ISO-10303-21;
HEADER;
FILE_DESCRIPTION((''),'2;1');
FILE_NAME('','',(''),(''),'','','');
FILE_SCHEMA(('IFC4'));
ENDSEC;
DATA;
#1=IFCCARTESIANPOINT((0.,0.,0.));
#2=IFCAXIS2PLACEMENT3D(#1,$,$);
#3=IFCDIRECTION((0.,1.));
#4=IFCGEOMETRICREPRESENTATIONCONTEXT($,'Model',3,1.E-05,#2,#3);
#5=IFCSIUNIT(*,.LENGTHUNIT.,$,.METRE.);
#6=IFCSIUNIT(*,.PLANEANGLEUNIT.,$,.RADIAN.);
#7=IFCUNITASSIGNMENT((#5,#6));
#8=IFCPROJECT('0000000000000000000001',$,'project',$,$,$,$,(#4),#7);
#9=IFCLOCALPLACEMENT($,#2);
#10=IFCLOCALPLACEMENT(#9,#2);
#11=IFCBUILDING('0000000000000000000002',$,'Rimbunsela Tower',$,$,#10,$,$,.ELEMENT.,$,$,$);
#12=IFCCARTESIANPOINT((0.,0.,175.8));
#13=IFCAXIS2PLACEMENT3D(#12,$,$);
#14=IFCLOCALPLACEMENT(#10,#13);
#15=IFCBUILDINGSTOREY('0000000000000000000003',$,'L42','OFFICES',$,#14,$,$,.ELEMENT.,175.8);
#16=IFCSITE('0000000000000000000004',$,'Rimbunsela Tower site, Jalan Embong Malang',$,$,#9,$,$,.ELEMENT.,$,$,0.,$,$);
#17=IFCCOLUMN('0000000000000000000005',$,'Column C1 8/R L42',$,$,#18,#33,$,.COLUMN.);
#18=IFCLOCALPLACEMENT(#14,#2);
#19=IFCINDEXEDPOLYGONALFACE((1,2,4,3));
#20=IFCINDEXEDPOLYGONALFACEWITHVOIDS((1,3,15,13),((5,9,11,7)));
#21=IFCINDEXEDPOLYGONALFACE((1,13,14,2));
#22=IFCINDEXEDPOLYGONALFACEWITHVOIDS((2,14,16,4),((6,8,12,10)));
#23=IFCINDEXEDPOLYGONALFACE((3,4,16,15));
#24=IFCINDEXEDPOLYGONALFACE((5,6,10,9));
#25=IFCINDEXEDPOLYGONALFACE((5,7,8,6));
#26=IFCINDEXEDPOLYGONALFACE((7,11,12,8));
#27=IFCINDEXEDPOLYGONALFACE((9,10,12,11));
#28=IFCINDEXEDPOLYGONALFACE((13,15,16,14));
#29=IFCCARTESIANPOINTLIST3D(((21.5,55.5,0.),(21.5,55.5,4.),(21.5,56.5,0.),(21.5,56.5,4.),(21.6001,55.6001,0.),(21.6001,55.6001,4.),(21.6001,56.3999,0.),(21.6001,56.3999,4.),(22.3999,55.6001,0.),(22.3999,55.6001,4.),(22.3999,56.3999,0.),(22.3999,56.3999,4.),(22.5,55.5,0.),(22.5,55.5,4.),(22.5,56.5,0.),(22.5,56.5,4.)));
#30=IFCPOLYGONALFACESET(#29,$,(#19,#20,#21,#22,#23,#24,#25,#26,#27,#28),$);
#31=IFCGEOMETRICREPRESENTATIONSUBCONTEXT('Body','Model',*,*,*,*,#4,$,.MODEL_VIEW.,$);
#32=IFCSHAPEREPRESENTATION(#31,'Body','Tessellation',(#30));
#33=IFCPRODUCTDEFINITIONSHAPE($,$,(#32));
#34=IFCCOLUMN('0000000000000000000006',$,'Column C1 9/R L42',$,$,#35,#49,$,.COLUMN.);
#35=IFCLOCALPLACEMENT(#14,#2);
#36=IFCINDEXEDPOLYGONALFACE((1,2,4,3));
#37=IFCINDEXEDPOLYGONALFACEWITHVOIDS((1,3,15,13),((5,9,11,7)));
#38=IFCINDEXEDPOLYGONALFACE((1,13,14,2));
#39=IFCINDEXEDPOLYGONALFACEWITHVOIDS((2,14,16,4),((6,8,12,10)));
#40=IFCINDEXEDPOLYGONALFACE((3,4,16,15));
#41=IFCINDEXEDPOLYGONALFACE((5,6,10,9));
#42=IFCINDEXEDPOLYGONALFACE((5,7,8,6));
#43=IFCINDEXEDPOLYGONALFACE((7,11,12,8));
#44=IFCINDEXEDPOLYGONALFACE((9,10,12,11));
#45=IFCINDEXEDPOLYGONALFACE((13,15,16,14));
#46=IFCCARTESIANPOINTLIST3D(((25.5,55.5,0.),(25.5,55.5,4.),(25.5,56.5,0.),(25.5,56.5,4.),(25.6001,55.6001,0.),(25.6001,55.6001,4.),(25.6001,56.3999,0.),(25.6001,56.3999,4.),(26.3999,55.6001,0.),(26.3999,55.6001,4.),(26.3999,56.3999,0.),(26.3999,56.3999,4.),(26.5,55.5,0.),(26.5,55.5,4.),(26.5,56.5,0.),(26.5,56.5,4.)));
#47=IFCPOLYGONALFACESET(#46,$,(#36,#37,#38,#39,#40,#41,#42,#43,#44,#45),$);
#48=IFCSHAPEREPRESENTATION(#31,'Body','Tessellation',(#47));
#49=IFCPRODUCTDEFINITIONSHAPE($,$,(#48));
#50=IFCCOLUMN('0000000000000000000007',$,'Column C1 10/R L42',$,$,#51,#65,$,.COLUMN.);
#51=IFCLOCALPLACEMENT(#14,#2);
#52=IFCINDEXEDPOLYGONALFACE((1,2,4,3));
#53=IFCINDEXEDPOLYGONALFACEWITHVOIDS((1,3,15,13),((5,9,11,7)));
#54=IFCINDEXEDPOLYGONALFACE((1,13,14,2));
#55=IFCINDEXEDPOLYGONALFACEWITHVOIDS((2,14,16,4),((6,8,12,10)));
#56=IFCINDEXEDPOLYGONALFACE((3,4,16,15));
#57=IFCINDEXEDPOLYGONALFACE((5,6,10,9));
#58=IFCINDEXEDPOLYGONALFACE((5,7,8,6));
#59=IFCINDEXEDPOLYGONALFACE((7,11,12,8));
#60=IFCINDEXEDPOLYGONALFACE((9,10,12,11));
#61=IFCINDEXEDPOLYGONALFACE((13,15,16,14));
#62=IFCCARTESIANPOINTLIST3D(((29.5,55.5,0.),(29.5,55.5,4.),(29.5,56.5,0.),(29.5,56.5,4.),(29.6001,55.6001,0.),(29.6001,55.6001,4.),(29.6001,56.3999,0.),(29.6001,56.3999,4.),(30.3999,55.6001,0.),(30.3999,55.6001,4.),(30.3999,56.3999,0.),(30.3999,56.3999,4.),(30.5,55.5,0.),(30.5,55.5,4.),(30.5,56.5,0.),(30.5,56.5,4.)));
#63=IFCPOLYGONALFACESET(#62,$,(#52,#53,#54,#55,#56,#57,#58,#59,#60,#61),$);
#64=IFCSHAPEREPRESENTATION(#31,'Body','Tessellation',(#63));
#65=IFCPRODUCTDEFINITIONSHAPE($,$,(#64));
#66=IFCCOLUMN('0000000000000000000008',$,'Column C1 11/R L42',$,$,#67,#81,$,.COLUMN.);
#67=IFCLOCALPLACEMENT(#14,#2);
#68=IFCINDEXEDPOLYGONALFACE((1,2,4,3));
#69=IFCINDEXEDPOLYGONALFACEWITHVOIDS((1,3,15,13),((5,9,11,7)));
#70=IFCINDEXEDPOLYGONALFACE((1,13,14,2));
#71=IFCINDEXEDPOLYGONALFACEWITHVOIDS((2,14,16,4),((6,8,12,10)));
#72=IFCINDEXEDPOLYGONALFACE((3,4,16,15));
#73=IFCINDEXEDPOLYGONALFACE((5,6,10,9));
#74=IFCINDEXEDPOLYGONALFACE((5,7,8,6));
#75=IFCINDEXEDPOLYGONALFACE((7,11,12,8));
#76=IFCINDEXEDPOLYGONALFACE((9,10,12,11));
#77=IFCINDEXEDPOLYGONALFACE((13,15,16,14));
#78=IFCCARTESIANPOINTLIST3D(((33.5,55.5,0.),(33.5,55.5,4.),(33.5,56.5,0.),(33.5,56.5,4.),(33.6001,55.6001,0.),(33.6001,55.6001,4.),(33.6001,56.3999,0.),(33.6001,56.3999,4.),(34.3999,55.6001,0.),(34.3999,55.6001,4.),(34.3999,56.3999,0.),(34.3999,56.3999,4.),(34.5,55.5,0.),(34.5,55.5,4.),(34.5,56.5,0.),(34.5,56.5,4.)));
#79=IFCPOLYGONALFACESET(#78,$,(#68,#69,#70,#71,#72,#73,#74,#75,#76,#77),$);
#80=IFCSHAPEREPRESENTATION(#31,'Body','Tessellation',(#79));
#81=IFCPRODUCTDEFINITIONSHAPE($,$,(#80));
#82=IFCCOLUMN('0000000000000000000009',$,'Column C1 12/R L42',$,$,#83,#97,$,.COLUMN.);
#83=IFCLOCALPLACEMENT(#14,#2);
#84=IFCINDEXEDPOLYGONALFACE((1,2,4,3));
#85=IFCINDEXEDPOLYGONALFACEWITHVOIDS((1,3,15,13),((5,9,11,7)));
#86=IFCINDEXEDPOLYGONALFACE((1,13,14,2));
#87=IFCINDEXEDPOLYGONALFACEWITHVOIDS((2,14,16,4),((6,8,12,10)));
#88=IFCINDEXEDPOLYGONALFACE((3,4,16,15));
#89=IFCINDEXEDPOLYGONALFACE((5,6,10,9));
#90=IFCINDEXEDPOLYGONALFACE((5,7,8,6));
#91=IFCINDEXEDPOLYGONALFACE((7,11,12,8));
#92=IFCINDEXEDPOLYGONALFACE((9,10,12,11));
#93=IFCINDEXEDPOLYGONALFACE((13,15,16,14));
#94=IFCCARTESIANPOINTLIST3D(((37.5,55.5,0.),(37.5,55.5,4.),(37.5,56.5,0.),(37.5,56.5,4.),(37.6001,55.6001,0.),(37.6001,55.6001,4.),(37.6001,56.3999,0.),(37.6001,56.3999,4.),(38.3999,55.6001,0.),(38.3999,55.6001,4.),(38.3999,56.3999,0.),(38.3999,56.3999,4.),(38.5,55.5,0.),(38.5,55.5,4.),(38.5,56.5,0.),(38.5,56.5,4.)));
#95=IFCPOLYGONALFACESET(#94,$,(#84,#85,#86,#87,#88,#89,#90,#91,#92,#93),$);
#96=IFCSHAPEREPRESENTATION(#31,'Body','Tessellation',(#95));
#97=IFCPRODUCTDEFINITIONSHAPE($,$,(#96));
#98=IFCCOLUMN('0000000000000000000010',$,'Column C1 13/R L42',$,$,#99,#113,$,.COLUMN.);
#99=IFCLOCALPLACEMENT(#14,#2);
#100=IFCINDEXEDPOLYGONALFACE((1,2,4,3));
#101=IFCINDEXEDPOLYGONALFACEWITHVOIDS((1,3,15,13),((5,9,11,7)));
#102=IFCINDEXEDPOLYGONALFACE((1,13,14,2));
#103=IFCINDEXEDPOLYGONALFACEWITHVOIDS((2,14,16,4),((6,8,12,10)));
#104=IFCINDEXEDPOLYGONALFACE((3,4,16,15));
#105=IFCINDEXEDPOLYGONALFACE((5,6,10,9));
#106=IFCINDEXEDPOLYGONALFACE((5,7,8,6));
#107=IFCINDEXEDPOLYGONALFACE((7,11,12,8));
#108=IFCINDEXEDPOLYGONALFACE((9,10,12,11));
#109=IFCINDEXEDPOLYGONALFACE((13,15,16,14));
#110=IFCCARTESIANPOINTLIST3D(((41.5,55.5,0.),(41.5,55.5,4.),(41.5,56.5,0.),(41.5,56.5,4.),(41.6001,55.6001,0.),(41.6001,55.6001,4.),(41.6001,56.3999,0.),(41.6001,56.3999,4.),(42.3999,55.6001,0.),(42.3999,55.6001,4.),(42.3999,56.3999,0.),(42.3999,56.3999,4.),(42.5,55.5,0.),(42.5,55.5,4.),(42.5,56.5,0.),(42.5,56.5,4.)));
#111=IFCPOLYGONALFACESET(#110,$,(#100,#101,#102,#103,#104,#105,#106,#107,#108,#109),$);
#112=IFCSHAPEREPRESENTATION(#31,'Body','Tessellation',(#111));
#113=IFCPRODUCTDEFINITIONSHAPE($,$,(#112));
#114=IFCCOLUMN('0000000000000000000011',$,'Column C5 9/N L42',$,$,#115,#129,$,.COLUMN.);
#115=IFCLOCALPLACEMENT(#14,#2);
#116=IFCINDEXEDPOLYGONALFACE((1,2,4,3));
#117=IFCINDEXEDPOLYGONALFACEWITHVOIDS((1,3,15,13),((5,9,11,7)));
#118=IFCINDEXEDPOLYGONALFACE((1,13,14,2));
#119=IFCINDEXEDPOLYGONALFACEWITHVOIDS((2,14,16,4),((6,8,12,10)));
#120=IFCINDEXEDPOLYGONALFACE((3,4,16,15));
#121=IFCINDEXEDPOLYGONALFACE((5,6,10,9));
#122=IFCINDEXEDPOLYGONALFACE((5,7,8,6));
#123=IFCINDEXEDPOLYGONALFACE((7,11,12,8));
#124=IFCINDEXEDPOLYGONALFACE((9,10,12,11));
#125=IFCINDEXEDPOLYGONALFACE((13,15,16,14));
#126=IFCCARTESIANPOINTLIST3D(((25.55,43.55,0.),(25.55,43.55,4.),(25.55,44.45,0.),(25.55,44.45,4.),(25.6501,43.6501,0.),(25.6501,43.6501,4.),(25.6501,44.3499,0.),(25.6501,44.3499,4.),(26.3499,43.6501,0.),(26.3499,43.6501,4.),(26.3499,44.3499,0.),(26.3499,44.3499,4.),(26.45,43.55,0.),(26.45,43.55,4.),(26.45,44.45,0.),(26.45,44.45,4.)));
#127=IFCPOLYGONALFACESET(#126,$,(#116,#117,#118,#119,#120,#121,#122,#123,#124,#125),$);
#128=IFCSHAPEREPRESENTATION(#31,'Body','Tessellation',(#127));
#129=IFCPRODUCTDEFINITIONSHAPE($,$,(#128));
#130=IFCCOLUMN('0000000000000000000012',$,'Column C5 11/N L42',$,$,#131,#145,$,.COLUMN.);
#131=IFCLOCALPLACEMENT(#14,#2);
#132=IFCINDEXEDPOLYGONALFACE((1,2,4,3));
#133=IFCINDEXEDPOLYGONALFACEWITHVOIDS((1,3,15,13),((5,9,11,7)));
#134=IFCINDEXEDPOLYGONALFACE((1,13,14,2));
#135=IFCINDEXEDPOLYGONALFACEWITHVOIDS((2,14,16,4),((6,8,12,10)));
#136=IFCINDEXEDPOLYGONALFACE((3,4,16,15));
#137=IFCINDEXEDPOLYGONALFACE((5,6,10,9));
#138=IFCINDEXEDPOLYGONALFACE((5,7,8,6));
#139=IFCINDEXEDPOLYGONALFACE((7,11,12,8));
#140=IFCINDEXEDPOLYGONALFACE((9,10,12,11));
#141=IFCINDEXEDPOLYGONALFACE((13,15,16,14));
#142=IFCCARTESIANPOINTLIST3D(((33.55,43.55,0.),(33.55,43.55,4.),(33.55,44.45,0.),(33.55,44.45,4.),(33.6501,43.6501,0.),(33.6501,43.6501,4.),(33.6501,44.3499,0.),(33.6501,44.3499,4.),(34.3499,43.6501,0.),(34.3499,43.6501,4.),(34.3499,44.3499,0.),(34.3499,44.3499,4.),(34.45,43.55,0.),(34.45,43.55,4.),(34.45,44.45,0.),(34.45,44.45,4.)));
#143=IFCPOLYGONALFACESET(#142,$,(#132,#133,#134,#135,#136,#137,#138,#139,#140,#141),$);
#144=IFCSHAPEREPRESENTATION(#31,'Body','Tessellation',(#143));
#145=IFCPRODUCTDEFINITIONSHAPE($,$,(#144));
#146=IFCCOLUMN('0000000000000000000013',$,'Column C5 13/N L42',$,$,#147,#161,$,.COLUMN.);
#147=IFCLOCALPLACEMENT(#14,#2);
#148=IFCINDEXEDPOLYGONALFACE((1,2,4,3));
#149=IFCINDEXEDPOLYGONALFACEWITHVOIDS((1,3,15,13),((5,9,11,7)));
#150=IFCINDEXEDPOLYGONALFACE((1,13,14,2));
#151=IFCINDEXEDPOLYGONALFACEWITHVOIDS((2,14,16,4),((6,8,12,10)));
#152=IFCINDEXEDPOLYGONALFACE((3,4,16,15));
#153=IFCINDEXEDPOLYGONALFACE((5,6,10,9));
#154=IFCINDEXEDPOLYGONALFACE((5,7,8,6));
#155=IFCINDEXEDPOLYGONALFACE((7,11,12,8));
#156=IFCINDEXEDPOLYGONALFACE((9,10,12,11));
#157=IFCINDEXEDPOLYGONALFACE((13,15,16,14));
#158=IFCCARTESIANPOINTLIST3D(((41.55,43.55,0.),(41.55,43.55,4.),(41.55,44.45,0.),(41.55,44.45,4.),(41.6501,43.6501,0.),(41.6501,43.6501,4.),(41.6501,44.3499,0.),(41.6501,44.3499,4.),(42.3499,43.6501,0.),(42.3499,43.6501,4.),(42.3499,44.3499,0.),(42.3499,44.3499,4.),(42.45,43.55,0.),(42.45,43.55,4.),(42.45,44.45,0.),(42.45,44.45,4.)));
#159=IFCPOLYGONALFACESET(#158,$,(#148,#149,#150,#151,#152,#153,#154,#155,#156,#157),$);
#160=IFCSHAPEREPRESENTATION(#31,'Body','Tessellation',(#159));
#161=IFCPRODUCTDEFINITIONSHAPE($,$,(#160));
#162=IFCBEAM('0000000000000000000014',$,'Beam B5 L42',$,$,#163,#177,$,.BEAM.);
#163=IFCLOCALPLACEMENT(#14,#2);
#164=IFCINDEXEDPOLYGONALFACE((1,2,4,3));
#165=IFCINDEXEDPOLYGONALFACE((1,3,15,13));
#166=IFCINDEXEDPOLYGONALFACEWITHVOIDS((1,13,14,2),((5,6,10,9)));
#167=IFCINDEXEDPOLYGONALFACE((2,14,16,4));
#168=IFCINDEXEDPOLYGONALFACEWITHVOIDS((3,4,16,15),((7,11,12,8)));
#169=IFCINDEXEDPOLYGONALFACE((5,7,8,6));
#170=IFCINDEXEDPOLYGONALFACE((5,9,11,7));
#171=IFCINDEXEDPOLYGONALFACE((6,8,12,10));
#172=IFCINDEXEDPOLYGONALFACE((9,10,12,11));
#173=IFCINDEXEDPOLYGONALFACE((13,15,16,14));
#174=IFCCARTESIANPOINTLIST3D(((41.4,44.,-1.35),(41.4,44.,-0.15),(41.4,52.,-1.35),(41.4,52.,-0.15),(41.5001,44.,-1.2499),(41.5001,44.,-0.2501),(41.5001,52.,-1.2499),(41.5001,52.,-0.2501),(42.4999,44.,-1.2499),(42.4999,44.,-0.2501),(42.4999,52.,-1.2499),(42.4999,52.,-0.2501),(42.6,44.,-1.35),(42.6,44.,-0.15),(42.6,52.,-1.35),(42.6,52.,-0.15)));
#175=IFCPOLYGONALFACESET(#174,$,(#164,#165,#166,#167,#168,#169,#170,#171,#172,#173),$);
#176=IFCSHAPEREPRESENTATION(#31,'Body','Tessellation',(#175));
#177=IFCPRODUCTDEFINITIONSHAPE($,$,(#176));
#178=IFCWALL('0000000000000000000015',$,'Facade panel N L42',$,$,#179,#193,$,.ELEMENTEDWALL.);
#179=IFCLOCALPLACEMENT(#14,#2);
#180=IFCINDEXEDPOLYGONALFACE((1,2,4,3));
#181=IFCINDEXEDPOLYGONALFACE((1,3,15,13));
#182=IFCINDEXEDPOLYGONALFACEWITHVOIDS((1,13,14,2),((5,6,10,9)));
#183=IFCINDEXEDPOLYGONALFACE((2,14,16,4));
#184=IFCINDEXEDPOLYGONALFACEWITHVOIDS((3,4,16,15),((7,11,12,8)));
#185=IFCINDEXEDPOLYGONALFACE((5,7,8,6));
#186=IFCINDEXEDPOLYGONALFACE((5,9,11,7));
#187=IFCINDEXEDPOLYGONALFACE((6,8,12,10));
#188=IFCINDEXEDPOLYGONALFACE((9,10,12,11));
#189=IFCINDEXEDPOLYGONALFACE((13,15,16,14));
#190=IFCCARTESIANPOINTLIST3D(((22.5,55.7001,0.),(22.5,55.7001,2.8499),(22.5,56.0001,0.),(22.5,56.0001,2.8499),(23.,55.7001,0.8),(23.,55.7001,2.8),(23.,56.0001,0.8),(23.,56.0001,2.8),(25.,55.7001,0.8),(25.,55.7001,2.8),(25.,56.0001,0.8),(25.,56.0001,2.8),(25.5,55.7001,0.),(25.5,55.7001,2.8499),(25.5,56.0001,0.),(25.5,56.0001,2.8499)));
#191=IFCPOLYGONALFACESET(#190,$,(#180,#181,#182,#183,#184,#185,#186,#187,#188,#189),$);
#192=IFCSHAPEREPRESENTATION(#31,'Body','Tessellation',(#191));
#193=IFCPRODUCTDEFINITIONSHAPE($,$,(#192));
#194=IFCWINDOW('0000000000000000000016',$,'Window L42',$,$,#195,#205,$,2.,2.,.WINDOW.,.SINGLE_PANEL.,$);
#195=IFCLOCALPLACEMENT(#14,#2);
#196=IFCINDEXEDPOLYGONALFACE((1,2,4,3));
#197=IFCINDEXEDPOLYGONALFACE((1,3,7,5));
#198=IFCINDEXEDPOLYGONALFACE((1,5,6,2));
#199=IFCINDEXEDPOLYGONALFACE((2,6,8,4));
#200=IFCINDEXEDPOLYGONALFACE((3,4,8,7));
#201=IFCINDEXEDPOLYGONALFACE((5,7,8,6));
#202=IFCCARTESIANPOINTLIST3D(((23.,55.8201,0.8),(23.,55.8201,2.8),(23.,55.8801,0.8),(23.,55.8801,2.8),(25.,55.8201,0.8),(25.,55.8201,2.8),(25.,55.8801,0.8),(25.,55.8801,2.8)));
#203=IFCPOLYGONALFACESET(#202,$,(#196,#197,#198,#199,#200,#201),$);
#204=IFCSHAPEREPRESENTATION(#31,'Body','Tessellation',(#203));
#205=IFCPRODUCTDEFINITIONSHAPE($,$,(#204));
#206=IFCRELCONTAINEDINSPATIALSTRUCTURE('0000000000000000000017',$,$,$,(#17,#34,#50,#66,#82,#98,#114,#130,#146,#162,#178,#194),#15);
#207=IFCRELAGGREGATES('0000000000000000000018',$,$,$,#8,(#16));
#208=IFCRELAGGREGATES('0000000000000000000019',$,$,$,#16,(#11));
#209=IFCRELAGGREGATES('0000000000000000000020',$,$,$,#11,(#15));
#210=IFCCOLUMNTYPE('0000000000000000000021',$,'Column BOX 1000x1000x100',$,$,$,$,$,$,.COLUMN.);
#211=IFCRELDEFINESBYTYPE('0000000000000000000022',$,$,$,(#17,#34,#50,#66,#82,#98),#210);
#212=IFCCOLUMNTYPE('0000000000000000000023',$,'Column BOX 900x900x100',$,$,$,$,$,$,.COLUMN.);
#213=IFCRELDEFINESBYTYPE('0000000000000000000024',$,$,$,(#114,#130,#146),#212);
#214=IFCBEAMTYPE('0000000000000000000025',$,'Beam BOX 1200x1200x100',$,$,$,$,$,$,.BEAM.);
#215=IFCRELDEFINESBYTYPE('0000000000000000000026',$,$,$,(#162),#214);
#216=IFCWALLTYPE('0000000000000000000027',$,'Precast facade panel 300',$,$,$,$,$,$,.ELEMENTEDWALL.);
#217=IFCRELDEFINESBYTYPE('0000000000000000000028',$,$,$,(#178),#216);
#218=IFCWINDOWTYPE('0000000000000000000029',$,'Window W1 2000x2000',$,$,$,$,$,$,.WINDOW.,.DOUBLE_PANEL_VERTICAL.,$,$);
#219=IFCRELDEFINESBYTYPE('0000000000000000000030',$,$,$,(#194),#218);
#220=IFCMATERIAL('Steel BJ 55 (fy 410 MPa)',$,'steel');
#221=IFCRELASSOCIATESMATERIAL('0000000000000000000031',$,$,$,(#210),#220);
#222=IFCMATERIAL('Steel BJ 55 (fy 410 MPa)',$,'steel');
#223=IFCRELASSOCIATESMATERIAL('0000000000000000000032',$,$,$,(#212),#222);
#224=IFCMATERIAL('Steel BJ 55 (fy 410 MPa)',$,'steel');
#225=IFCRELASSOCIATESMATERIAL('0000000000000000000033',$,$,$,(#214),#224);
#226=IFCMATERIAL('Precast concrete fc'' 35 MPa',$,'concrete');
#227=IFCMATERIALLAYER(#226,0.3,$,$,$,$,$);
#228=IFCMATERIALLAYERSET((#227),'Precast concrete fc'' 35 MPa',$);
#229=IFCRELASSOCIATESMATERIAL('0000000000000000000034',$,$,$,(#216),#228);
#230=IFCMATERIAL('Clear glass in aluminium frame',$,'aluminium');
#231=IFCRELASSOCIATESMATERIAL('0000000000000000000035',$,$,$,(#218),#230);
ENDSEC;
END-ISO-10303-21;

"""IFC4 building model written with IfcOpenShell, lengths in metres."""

from ifc_helpers import new_model, si_unit, direction, frame, frame_2d, origin, origin_2d, place, context, subcontext, project, spatial, rectangle, hollow_rectangle, extrude, material, layer, layer_set, material_profile, profile_set, type_object, element, fill, save


model = new_model("IFC4")

# Units and contexts
model_context = context("Model", 3, precision=1e-05, world=origin(), true_north=direction((0.0, 1.0)))
body_context = subcontext(model_context, "Body", "Model", "MODEL_VIEW")
ifc_project = project(units=[si_unit("LENGTHUNIT", "METRE"), si_unit("PLANEANGLEUNIT", "RADIAN")], contexts=[model_context])

# Site, building, storey
site_placement = place(None, origin())
site = spatial("IfcSite", under=ifc_project, at=site_placement, Name="Rimbunsela Tower site, Jalan Embong Malang", CompositionType="ELEMENT", RefElevation=0.0)
building_placement = place(site_placement, origin())
building = spatial("IfcBuilding", under=site, at=building_placement, Name="Rimbunsela Tower", CompositionType="ELEMENT")
storey_placement = place(building_placement, frame((0.0, 0.0, 175.8)))
storey = spatial("IfcBuildingStorey", under=building, at=storey_placement, Name="L42", Description="OFFICES", CompositionType="ELEMENT", Elevation=175.8)

# Columns
ifc_material_1 = material(Name="Steel BJ 55 (fy 410 MPa)", Category="steel")
ifc_material_profile_1 = material_profile(ifc_material_1, hollow_rectangle(XDim=1.0, YDim=1.0, WallThickness=0.1001, at=origin_2d()), Name="BOX 1000x1000x100")
ifc_profile_set_1 = profile_set([ifc_material_profile_1], Name="Steel BJ 55 (fy 410 MPa)")
column_type_1 = type_object("IfcColumnType", Name="Column BOX 1000x1000x100", PredefinedType="COLUMN", material=ifc_profile_set_1)
for number, where, z_axis, x_axis, name in (
    (1, (22.0, 56.0, 0.0), (0.0, 0.0, 1.0), (1.0, 0.0, 0.0), "Column C1 8/R L42"),
    (2, (26.0, 56.0, 0.0), (0.0, 0.0, 1.0), (1.0, 0.0, 0.0), "Column C1 9/R L42"),
    (3, (30.0, 56.0, 0.0), (0.0, 0.0, 1.0), (1.0, 0.0, 0.0), "Column C1 10/R L42"),
    (4, (34.0, 56.0, 0.0), (0.0, 0.0, 1.0), (1.0, 0.0, 0.0), "Column C1 11/R L42"),
    (5, (38.0, 56.0, 0.0), (0.0, 0.0, 1.0), (1.0, 0.0, 0.0), "Column C1 12/R L42"),
    (6, (42.0, 56.0, 0.0), (0.0, 0.0, 1.0), (1.0, 0.0, 0.0), "Column C1 13/R L42"),
):
    element("IfcColumn", number, at=place(storey_placement, frame(where, z_axis=z_axis, x_axis=x_axis)), inside=storey, type_object=column_type_1, Name=name, PredefinedType="COLUMN", context=body_context, shape_type="SweptSolid", body=[
        extrude(hollow_rectangle(XDim=1.0, YDim=1.0, WallThickness=0.1001, at=origin_2d()), origin(), (0.0, 0.0, 1.0), 4.0),
    ])
ifc_material_2 = material(Name="Steel BJ 55 (fy 410 MPa)", Category="steel")
ifc_material_profile_2 = material_profile(ifc_material_2, hollow_rectangle(XDim=0.8999, YDim=0.8999, WallThickness=0.1001, at=origin_2d()), Name="BOX 900x900x100")
ifc_profile_set_2 = profile_set([ifc_material_profile_2], Name="Steel BJ 55 (fy 410 MPa)")
column_type_2 = type_object("IfcColumnType", Name="Column BOX 900x900x100", PredefinedType="COLUMN", material=ifc_profile_set_2)
for number, where, z_axis, x_axis, name in (
    (7, (26.0, 44.0, 0.0), (0.0, 0.0, 1.0), (1.0, 0.0, 0.0), "Column C5 9/N L42"),
    (8, (34.0, 44.0, 0.0), (0.0, 0.0, 1.0), (1.0, 0.0, 0.0), "Column C5 11/N L42"),
    (9, (42.0, 44.0, 0.0), (0.0, 0.0, 1.0), (1.0, 0.0, 0.0), "Column C5 13/N L42"),
):
    element("IfcColumn", number, at=place(storey_placement, frame(where, z_axis=z_axis, x_axis=x_axis)), inside=storey, type_object=column_type_2, Name=name, PredefinedType="COLUMN", context=body_context, shape_type="SweptSolid", body=[
        extrude(hollow_rectangle(XDim=0.8999, YDim=0.8999, WallThickness=0.1001, at=origin_2d()), origin(), (0.0, 0.0, 1.0), 4.0),
    ])

# Beam
ifc_material_3 = material(Name="Steel BJ 55 (fy 410 MPa)", Category="steel")
ifc_material_profile_3 = material_profile(ifc_material_3, hollow_rectangle(XDim=1.2, YDim=1.2, WallThickness=0.1001, at=origin_2d()), Name="BOX 1200x1200x100")
ifc_profile_set_3 = profile_set([ifc_material_profile_3], Name="Steel BJ 55 (fy 410 MPa)")
beam_type = type_object("IfcBeamType", Name="Beam BOX 1200x1200x100", PredefinedType="BEAM", material=ifc_profile_set_3)
beam_placement = place(storey_placement, frame((42.0, 44.0, -0.75), z_axis=(0.0, 1.0, 0.0), x_axis=(-1.0, 0.0, 0.0)))
element("IfcBeam", 10, at=beam_placement, inside=storey, type_object=beam_type, Name="Beam B5 L42", PredefinedType="BEAM", context=body_context, shape_type="SweptSolid", body=[
    extrude(hollow_rectangle(XDim=1.2, YDim=1.2, WallThickness=0.1001, at=origin_2d()), origin(), (0.0, 0.0, 1.0), 8.0),
])

# Wall, opening, window
ifc_material_4 = material(Name="Precast concrete fc' 35 MPa", Category="concrete")
ifc_layer_1 = layer(ifc_material_4, 0.3)
ifc_layer_set_1 = layer_set([ifc_layer_1], Name="Precast concrete fc' 35 MPa")
wall_type_1 = type_object("IfcWallType", Name="Precast facade panel 300", PredefinedType="ELEMENTEDWALL", material=ifc_layer_set_1)
wall_1_placement = place(storey_placement, frame((25.5, 55.8501, 0.0), z_axis=(0.0, 0.0, 1.0), x_axis=(-1.0, 0.0, 0.0)))
wall_1 = element("IfcWall", 11, at=wall_1_placement, inside=storey, type_object=wall_type_1, Name="Facade panel N L42", PredefinedType="ELEMENTEDWALL", context=body_context, shape_type="SweptSolid", body=[
    extrude(rectangle(XDim=3.0, YDim=0.3, at=frame_2d((1.5, 0.0))), origin(), (0.0, 0.0, 1.0), 2.8499),
])
opening_1_placement = place(wall_1_placement, frame((0.5, 0.0, 0.8)))
opening_1 = element("IfcOpeningElement", 12, at=opening_1_placement, cuts=wall_1, PredefinedType="OPENING", context=body_context, shape_type="SweptSolid", body=[
    extrude(rectangle(XDim=2.0, YDim=2.0, at=frame_2d((1.0, 1.0))), frame((0.0, 0.1599, 0.0), z_axis=(0.0, -1.0, 0.0), x_axis=(1.0, 0.0, 0.0)), (0.0, 0.0, 1.0), 0.3201),
])
ifc_material_5 = material(Name="Clear glass in aluminium frame", Category="aluminium")
window_type_1 = type_object("IfcWindowType", Name="Window W1 2000x2000", PartitioningType="DOUBLE_PANEL_VERTICAL", PredefinedType="WINDOW", material=ifc_material_5)
window_1_placement = place(opening_1_placement, origin())
window_1 = element("IfcWindow", 13, at=window_1_placement, inside=storey, type_object=window_type_1, Name="Window L42", OverallHeight=2.0, OverallWidth=2.0, PartitioningType="SINGLE_PANEL", PredefinedType="WINDOW", context=body_context, shape_type="SweptSolid", body=[
    extrude(rectangle(XDim=2.0, YDim=2.0, at=frame_2d((1.0, 1.0))), frame((0.0, 0.03, 0.0), z_axis=(0.0, -1.0, 0.0), x_axis=(1.0, 0.0, 0.0)), (0.0, 0.0, 1.0), 0.0601),
])
fill(opening_1, window_1)

save(model, "model.ifc")
